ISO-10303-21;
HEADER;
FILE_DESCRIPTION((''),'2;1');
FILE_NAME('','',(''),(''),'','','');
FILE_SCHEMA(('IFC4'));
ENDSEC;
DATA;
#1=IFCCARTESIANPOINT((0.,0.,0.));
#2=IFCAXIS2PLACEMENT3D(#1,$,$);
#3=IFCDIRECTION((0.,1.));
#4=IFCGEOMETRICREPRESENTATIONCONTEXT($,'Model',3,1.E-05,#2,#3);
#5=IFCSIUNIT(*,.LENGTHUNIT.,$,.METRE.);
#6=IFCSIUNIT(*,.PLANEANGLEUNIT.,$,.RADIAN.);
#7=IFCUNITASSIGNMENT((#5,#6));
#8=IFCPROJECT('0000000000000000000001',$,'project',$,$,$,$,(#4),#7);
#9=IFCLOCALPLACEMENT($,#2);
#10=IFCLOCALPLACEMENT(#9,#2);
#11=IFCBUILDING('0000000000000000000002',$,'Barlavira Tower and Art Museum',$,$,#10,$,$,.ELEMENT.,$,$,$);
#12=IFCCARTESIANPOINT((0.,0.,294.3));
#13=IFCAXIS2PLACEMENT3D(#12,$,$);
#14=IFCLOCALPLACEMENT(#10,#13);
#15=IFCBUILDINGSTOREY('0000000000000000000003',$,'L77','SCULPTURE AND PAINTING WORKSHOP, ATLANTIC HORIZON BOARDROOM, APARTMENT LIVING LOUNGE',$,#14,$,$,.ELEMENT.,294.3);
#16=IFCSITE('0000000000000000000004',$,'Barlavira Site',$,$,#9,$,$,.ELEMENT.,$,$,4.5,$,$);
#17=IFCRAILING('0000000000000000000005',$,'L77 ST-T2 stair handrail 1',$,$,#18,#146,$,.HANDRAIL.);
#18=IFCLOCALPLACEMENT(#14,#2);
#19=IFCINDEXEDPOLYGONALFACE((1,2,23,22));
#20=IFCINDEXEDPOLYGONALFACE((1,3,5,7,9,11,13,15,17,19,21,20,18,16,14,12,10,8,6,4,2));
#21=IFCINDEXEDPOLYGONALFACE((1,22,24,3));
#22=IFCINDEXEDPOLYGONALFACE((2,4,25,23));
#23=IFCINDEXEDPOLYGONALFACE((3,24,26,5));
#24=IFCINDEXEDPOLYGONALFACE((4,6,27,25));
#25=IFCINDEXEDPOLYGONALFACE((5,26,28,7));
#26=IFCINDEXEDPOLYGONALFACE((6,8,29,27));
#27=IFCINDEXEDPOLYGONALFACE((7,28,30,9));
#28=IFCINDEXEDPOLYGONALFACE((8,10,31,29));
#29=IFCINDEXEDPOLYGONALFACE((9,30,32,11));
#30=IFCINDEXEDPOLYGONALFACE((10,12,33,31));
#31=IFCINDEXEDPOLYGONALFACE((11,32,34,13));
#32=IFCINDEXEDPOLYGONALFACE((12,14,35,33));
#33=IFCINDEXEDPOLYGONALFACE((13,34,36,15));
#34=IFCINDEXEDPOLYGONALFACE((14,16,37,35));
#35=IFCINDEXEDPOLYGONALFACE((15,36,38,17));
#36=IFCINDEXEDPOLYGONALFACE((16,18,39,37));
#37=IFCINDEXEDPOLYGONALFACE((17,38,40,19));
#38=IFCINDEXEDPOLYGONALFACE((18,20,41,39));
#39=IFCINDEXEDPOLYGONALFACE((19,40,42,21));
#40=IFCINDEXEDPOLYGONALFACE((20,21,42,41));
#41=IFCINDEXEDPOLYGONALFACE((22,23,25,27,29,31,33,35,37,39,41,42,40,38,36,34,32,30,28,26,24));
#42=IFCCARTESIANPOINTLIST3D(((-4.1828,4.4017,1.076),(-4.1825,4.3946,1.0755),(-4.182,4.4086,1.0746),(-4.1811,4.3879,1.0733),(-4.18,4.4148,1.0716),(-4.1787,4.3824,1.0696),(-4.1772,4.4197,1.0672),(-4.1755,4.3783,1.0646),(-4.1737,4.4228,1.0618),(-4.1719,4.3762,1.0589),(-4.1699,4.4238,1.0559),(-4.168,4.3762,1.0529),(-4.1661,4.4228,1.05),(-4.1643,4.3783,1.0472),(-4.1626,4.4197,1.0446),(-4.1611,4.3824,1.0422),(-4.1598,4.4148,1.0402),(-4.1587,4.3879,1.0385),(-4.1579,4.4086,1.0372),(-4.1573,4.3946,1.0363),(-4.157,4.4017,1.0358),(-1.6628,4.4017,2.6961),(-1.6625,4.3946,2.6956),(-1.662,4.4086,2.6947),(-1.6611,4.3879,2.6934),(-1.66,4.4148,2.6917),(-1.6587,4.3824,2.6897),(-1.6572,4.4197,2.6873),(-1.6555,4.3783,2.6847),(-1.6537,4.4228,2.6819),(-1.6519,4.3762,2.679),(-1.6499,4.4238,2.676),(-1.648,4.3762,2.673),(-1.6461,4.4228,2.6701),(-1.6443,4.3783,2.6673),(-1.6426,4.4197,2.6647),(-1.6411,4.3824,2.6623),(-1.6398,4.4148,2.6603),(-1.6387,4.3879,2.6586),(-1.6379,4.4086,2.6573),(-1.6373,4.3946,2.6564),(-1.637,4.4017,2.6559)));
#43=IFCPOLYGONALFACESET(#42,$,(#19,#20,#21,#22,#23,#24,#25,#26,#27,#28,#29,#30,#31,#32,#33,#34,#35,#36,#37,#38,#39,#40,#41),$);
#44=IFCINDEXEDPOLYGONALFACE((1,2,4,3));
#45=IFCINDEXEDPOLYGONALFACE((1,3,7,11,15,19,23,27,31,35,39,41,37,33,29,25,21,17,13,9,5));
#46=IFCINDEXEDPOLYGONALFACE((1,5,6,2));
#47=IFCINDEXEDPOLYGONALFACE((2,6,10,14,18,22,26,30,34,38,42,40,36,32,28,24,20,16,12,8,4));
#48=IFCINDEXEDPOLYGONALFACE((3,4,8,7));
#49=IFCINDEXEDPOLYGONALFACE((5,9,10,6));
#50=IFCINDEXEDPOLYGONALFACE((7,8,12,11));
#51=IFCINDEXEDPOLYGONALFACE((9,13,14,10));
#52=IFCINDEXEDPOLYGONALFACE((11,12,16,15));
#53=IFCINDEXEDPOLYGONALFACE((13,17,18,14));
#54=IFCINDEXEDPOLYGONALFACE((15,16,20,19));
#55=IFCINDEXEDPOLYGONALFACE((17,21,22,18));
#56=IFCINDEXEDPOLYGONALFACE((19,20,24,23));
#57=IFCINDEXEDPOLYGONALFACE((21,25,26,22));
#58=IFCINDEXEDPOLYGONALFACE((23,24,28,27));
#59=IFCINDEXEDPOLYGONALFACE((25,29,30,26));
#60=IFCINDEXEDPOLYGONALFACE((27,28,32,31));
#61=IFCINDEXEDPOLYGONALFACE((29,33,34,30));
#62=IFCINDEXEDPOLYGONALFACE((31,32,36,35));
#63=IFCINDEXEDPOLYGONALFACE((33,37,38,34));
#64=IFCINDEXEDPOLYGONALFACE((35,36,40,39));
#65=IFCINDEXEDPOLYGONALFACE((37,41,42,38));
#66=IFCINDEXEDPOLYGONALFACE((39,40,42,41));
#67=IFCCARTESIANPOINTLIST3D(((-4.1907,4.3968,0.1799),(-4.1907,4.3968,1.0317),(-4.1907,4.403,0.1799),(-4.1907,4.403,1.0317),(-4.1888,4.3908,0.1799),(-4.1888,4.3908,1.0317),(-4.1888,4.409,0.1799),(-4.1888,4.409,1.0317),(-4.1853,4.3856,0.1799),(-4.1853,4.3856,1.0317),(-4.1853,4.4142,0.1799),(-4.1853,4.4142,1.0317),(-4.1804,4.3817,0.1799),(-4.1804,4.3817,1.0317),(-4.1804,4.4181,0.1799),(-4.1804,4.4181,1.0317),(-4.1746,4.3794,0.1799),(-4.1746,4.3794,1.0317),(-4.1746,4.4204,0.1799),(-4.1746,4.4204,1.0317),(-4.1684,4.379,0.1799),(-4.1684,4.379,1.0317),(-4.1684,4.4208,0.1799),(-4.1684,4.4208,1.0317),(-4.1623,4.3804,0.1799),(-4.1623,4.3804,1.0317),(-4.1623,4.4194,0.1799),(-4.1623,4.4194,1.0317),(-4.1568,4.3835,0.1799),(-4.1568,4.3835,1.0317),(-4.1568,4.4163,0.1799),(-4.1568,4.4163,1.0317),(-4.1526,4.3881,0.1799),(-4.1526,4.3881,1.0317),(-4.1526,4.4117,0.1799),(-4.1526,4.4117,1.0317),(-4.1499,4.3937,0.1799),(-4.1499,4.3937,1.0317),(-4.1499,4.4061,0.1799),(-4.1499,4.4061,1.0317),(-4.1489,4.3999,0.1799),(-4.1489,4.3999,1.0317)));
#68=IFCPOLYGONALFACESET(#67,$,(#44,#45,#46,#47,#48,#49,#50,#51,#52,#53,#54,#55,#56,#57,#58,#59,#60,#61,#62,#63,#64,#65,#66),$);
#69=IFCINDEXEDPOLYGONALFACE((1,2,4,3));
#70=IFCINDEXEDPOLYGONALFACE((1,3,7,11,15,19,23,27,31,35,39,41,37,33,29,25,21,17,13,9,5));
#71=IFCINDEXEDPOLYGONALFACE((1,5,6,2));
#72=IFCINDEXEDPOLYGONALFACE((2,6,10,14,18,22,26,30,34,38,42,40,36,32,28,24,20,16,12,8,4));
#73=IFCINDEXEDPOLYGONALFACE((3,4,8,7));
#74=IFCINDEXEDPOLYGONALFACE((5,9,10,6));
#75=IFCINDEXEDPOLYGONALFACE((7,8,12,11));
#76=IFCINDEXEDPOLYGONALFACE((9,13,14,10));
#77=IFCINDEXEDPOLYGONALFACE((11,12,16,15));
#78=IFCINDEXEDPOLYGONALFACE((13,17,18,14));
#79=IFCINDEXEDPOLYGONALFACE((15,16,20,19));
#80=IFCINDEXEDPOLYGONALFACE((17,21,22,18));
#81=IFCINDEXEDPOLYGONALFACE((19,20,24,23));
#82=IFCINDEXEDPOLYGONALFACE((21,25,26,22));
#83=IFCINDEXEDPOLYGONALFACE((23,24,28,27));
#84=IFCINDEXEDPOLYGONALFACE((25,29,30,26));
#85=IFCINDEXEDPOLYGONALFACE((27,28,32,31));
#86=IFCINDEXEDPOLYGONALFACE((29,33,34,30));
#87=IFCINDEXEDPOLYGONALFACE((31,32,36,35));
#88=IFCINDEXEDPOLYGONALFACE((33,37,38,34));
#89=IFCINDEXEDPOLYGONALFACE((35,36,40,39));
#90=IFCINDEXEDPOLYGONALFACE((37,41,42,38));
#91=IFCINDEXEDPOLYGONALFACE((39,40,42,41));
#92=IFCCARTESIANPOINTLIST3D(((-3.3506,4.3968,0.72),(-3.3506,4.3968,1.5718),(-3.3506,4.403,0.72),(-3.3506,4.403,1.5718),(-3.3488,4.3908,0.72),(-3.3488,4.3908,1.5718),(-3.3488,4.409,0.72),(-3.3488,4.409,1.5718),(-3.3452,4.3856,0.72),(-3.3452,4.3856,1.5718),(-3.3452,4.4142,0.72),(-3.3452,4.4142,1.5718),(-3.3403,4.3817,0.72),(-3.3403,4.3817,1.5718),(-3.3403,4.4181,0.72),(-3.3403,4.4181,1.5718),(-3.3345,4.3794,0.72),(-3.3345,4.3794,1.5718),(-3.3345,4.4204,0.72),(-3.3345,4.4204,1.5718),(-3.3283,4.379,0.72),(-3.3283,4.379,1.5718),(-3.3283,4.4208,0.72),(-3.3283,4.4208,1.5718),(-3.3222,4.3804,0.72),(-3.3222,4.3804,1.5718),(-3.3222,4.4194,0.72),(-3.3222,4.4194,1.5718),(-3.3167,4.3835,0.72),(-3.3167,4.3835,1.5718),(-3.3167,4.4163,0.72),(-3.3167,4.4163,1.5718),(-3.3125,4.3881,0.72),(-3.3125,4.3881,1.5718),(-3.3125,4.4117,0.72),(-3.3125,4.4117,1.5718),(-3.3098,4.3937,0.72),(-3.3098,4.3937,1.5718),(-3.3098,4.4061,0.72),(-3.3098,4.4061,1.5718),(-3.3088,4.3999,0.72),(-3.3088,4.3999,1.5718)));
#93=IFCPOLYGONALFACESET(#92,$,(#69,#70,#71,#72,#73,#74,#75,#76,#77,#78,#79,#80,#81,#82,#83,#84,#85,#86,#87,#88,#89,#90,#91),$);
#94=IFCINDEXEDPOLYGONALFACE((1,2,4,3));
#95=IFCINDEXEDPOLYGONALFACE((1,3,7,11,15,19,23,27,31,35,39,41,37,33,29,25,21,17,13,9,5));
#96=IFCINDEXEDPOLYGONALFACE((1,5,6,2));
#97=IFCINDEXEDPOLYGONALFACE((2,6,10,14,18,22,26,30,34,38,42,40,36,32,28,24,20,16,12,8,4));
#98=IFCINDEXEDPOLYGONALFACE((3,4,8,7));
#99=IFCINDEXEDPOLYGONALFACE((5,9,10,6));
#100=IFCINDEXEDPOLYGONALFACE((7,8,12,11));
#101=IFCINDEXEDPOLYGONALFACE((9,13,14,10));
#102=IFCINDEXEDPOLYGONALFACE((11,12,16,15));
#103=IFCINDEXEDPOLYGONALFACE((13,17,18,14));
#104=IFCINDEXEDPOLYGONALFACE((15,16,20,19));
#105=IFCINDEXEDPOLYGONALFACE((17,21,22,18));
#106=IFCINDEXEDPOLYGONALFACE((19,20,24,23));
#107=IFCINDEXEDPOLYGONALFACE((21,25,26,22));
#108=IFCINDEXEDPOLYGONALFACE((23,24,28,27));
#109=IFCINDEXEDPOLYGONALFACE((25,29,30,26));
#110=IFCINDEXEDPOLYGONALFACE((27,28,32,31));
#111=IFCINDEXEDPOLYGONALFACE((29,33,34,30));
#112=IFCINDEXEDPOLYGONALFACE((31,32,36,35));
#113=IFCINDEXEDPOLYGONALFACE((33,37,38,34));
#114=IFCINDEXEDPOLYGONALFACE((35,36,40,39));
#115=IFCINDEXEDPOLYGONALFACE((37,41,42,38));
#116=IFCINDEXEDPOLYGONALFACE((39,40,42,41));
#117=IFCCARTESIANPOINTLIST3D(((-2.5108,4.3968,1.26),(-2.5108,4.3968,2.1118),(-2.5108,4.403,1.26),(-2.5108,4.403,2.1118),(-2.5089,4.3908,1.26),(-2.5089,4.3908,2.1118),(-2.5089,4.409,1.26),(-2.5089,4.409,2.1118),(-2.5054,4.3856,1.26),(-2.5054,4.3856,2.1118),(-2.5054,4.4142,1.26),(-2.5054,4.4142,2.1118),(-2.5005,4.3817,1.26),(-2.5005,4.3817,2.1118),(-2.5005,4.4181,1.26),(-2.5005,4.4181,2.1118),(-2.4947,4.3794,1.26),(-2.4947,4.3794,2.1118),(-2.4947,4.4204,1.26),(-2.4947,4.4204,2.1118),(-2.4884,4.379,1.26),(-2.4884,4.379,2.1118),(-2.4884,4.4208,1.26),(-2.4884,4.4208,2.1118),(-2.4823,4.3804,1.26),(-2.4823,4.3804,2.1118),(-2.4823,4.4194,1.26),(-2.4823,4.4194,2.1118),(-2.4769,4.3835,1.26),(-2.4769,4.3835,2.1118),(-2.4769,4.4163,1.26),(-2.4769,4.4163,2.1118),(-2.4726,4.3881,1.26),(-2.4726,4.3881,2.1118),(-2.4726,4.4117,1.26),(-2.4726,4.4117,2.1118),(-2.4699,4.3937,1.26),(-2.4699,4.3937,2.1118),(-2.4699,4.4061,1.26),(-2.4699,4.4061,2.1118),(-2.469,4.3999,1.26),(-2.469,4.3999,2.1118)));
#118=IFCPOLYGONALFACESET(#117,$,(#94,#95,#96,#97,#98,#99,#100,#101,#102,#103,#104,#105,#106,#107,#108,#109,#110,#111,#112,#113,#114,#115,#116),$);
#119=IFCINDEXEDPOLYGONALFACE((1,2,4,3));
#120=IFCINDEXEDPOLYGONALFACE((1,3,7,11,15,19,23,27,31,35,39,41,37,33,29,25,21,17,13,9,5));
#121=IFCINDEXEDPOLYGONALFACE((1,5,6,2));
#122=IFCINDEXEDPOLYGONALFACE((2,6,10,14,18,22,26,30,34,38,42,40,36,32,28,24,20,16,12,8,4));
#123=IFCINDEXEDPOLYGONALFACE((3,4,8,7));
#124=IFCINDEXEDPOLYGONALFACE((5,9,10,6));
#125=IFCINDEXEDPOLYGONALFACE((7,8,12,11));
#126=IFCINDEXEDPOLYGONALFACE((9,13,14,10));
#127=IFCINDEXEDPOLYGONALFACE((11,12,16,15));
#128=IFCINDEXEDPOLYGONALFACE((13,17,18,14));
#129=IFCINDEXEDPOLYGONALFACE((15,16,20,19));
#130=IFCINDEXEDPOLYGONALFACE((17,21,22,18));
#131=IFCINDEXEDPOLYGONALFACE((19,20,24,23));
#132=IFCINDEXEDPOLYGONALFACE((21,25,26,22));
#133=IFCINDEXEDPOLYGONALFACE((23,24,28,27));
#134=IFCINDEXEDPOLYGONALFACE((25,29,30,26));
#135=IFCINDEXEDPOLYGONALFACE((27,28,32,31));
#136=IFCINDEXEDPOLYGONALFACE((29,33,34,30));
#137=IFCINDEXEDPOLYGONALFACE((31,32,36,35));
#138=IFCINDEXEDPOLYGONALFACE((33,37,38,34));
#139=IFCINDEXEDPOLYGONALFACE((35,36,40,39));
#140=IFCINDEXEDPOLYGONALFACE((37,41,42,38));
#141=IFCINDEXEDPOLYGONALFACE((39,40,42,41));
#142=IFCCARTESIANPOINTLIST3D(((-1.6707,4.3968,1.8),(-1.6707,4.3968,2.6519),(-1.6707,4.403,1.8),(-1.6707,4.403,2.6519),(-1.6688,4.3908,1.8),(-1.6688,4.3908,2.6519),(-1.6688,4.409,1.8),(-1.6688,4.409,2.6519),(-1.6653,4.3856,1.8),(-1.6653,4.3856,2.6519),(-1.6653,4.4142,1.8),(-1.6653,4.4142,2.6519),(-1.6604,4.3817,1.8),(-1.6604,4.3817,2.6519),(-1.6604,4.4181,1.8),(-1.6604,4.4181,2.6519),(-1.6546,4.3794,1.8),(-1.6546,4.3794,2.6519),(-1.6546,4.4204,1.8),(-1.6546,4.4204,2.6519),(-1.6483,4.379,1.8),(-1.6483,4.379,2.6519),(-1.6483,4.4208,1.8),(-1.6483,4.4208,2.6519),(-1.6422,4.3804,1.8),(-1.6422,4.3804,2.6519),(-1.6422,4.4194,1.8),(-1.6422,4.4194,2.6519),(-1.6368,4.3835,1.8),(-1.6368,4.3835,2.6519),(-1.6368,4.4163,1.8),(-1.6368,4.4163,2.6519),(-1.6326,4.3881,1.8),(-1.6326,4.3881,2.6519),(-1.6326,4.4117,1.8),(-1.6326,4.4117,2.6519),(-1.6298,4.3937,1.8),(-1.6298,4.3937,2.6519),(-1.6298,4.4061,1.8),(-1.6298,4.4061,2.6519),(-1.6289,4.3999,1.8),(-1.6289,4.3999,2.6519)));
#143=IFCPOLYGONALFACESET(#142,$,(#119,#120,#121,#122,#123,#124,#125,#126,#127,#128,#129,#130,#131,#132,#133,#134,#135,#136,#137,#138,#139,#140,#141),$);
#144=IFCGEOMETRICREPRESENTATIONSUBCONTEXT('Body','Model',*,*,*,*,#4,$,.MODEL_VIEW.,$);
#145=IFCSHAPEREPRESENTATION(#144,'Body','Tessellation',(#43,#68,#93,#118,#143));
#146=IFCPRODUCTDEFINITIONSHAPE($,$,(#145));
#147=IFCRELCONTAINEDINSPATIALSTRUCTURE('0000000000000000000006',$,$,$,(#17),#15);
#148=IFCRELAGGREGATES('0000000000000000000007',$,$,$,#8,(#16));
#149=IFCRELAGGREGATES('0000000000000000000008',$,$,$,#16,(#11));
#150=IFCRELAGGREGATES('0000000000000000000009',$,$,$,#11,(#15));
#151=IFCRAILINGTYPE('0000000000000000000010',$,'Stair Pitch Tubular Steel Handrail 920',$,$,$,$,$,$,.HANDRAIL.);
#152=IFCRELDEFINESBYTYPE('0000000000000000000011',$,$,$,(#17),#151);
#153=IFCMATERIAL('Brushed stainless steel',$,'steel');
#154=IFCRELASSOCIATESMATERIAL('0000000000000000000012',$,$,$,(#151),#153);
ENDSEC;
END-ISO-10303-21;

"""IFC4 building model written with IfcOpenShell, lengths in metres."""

from ifc_helpers import new_model, si_unit, direction, frame, origin, origin_2d, place, context, subcontext, project, spatial, circle, extrude, material, type_object, element, save


model = new_model("IFC4")

# Units and contexts
model_context = context("Model", 3, precision=1e-05, world=origin(), true_north=direction((0.0, 1.0)))
body_context = subcontext(model_context, "Body", "Model", "MODEL_VIEW")
ifc_project = project(units=[si_unit("LENGTHUNIT", "METRE"), si_unit("PLANEANGLEUNIT", "RADIAN")], contexts=[model_context])

# Site, building, storey
site_placement = place(None, origin())
site = spatial("IfcSite", under=ifc_project, at=site_placement, Name="Barlavira Site", CompositionType="ELEMENT", RefElevation=4.5)
building_placement = place(site_placement, origin())
building = spatial("IfcBuilding", under=site, at=building_placement, Name="Barlavira Tower and Art Museum", CompositionType="ELEMENT")
storey_placement = place(building_placement, frame((0.0, 0.0, 294.3)))
storey = spatial("IfcBuildingStorey", under=building, at=storey_placement, Name="L77", Description="SCULPTURE AND PAINTING WORKSHOP, ATLANTIC HORIZON BOARDROOM, APARTMENT LIVING LOUNGE", CompositionType="ELEMENT", Elevation=294.3)

# Shared definitions
ifc_material_1 = material(Name="Brushed stainless steel", Category="steel")

# Railing
railing_type_1 = type_object("IfcRailingType", Name="Stair Pitch Tubular Steel Handrail 920", PredefinedType="HANDRAIL", material=ifc_material_1)
railing_1_placement = place(storey_placement, frame((-4.1699, 4.3999, 0.1799)))
element("IfcRailing", 1, at=railing_1_placement, inside=storey, type_object=railing_type_1, Name="L77 ST-T2 stair handrail 1", PredefinedType="HANDRAIL", context=body_context, shape_type="SweptSolid", body=[
    extrude(circle(Radius=0.0239, at=origin_2d()), frame((0.0, 0.0, 0.876), z_axis=(0.841163, 0.0, 0.540782), x_axis=(0.0, 1.0, 0.0)), (0.0, 0.0, 1.0), 2.9958),
    extrude(circle(Radius=0.021, at=origin_2d()), origin(), (0.0, 0.0, 1.0), 0.8518),
    extrude(circle(Radius=0.021, at=origin_2d()), frame((0.8401, 0.0, 0.54)), (0.0, 0.0, 1.0), 0.8518),
    extrude(circle(Radius=0.021, at=origin_2d()), frame((1.6799, 0.0, 1.0801)), (0.0, 0.0, 1.0), 0.8518),
    extrude(circle(Radius=0.021, at=origin_2d()), frame((2.52, 0.0, 1.6201)), (0.0, 0.0, 1.0), 0.8518),
])

save(model, "model.ifc")
